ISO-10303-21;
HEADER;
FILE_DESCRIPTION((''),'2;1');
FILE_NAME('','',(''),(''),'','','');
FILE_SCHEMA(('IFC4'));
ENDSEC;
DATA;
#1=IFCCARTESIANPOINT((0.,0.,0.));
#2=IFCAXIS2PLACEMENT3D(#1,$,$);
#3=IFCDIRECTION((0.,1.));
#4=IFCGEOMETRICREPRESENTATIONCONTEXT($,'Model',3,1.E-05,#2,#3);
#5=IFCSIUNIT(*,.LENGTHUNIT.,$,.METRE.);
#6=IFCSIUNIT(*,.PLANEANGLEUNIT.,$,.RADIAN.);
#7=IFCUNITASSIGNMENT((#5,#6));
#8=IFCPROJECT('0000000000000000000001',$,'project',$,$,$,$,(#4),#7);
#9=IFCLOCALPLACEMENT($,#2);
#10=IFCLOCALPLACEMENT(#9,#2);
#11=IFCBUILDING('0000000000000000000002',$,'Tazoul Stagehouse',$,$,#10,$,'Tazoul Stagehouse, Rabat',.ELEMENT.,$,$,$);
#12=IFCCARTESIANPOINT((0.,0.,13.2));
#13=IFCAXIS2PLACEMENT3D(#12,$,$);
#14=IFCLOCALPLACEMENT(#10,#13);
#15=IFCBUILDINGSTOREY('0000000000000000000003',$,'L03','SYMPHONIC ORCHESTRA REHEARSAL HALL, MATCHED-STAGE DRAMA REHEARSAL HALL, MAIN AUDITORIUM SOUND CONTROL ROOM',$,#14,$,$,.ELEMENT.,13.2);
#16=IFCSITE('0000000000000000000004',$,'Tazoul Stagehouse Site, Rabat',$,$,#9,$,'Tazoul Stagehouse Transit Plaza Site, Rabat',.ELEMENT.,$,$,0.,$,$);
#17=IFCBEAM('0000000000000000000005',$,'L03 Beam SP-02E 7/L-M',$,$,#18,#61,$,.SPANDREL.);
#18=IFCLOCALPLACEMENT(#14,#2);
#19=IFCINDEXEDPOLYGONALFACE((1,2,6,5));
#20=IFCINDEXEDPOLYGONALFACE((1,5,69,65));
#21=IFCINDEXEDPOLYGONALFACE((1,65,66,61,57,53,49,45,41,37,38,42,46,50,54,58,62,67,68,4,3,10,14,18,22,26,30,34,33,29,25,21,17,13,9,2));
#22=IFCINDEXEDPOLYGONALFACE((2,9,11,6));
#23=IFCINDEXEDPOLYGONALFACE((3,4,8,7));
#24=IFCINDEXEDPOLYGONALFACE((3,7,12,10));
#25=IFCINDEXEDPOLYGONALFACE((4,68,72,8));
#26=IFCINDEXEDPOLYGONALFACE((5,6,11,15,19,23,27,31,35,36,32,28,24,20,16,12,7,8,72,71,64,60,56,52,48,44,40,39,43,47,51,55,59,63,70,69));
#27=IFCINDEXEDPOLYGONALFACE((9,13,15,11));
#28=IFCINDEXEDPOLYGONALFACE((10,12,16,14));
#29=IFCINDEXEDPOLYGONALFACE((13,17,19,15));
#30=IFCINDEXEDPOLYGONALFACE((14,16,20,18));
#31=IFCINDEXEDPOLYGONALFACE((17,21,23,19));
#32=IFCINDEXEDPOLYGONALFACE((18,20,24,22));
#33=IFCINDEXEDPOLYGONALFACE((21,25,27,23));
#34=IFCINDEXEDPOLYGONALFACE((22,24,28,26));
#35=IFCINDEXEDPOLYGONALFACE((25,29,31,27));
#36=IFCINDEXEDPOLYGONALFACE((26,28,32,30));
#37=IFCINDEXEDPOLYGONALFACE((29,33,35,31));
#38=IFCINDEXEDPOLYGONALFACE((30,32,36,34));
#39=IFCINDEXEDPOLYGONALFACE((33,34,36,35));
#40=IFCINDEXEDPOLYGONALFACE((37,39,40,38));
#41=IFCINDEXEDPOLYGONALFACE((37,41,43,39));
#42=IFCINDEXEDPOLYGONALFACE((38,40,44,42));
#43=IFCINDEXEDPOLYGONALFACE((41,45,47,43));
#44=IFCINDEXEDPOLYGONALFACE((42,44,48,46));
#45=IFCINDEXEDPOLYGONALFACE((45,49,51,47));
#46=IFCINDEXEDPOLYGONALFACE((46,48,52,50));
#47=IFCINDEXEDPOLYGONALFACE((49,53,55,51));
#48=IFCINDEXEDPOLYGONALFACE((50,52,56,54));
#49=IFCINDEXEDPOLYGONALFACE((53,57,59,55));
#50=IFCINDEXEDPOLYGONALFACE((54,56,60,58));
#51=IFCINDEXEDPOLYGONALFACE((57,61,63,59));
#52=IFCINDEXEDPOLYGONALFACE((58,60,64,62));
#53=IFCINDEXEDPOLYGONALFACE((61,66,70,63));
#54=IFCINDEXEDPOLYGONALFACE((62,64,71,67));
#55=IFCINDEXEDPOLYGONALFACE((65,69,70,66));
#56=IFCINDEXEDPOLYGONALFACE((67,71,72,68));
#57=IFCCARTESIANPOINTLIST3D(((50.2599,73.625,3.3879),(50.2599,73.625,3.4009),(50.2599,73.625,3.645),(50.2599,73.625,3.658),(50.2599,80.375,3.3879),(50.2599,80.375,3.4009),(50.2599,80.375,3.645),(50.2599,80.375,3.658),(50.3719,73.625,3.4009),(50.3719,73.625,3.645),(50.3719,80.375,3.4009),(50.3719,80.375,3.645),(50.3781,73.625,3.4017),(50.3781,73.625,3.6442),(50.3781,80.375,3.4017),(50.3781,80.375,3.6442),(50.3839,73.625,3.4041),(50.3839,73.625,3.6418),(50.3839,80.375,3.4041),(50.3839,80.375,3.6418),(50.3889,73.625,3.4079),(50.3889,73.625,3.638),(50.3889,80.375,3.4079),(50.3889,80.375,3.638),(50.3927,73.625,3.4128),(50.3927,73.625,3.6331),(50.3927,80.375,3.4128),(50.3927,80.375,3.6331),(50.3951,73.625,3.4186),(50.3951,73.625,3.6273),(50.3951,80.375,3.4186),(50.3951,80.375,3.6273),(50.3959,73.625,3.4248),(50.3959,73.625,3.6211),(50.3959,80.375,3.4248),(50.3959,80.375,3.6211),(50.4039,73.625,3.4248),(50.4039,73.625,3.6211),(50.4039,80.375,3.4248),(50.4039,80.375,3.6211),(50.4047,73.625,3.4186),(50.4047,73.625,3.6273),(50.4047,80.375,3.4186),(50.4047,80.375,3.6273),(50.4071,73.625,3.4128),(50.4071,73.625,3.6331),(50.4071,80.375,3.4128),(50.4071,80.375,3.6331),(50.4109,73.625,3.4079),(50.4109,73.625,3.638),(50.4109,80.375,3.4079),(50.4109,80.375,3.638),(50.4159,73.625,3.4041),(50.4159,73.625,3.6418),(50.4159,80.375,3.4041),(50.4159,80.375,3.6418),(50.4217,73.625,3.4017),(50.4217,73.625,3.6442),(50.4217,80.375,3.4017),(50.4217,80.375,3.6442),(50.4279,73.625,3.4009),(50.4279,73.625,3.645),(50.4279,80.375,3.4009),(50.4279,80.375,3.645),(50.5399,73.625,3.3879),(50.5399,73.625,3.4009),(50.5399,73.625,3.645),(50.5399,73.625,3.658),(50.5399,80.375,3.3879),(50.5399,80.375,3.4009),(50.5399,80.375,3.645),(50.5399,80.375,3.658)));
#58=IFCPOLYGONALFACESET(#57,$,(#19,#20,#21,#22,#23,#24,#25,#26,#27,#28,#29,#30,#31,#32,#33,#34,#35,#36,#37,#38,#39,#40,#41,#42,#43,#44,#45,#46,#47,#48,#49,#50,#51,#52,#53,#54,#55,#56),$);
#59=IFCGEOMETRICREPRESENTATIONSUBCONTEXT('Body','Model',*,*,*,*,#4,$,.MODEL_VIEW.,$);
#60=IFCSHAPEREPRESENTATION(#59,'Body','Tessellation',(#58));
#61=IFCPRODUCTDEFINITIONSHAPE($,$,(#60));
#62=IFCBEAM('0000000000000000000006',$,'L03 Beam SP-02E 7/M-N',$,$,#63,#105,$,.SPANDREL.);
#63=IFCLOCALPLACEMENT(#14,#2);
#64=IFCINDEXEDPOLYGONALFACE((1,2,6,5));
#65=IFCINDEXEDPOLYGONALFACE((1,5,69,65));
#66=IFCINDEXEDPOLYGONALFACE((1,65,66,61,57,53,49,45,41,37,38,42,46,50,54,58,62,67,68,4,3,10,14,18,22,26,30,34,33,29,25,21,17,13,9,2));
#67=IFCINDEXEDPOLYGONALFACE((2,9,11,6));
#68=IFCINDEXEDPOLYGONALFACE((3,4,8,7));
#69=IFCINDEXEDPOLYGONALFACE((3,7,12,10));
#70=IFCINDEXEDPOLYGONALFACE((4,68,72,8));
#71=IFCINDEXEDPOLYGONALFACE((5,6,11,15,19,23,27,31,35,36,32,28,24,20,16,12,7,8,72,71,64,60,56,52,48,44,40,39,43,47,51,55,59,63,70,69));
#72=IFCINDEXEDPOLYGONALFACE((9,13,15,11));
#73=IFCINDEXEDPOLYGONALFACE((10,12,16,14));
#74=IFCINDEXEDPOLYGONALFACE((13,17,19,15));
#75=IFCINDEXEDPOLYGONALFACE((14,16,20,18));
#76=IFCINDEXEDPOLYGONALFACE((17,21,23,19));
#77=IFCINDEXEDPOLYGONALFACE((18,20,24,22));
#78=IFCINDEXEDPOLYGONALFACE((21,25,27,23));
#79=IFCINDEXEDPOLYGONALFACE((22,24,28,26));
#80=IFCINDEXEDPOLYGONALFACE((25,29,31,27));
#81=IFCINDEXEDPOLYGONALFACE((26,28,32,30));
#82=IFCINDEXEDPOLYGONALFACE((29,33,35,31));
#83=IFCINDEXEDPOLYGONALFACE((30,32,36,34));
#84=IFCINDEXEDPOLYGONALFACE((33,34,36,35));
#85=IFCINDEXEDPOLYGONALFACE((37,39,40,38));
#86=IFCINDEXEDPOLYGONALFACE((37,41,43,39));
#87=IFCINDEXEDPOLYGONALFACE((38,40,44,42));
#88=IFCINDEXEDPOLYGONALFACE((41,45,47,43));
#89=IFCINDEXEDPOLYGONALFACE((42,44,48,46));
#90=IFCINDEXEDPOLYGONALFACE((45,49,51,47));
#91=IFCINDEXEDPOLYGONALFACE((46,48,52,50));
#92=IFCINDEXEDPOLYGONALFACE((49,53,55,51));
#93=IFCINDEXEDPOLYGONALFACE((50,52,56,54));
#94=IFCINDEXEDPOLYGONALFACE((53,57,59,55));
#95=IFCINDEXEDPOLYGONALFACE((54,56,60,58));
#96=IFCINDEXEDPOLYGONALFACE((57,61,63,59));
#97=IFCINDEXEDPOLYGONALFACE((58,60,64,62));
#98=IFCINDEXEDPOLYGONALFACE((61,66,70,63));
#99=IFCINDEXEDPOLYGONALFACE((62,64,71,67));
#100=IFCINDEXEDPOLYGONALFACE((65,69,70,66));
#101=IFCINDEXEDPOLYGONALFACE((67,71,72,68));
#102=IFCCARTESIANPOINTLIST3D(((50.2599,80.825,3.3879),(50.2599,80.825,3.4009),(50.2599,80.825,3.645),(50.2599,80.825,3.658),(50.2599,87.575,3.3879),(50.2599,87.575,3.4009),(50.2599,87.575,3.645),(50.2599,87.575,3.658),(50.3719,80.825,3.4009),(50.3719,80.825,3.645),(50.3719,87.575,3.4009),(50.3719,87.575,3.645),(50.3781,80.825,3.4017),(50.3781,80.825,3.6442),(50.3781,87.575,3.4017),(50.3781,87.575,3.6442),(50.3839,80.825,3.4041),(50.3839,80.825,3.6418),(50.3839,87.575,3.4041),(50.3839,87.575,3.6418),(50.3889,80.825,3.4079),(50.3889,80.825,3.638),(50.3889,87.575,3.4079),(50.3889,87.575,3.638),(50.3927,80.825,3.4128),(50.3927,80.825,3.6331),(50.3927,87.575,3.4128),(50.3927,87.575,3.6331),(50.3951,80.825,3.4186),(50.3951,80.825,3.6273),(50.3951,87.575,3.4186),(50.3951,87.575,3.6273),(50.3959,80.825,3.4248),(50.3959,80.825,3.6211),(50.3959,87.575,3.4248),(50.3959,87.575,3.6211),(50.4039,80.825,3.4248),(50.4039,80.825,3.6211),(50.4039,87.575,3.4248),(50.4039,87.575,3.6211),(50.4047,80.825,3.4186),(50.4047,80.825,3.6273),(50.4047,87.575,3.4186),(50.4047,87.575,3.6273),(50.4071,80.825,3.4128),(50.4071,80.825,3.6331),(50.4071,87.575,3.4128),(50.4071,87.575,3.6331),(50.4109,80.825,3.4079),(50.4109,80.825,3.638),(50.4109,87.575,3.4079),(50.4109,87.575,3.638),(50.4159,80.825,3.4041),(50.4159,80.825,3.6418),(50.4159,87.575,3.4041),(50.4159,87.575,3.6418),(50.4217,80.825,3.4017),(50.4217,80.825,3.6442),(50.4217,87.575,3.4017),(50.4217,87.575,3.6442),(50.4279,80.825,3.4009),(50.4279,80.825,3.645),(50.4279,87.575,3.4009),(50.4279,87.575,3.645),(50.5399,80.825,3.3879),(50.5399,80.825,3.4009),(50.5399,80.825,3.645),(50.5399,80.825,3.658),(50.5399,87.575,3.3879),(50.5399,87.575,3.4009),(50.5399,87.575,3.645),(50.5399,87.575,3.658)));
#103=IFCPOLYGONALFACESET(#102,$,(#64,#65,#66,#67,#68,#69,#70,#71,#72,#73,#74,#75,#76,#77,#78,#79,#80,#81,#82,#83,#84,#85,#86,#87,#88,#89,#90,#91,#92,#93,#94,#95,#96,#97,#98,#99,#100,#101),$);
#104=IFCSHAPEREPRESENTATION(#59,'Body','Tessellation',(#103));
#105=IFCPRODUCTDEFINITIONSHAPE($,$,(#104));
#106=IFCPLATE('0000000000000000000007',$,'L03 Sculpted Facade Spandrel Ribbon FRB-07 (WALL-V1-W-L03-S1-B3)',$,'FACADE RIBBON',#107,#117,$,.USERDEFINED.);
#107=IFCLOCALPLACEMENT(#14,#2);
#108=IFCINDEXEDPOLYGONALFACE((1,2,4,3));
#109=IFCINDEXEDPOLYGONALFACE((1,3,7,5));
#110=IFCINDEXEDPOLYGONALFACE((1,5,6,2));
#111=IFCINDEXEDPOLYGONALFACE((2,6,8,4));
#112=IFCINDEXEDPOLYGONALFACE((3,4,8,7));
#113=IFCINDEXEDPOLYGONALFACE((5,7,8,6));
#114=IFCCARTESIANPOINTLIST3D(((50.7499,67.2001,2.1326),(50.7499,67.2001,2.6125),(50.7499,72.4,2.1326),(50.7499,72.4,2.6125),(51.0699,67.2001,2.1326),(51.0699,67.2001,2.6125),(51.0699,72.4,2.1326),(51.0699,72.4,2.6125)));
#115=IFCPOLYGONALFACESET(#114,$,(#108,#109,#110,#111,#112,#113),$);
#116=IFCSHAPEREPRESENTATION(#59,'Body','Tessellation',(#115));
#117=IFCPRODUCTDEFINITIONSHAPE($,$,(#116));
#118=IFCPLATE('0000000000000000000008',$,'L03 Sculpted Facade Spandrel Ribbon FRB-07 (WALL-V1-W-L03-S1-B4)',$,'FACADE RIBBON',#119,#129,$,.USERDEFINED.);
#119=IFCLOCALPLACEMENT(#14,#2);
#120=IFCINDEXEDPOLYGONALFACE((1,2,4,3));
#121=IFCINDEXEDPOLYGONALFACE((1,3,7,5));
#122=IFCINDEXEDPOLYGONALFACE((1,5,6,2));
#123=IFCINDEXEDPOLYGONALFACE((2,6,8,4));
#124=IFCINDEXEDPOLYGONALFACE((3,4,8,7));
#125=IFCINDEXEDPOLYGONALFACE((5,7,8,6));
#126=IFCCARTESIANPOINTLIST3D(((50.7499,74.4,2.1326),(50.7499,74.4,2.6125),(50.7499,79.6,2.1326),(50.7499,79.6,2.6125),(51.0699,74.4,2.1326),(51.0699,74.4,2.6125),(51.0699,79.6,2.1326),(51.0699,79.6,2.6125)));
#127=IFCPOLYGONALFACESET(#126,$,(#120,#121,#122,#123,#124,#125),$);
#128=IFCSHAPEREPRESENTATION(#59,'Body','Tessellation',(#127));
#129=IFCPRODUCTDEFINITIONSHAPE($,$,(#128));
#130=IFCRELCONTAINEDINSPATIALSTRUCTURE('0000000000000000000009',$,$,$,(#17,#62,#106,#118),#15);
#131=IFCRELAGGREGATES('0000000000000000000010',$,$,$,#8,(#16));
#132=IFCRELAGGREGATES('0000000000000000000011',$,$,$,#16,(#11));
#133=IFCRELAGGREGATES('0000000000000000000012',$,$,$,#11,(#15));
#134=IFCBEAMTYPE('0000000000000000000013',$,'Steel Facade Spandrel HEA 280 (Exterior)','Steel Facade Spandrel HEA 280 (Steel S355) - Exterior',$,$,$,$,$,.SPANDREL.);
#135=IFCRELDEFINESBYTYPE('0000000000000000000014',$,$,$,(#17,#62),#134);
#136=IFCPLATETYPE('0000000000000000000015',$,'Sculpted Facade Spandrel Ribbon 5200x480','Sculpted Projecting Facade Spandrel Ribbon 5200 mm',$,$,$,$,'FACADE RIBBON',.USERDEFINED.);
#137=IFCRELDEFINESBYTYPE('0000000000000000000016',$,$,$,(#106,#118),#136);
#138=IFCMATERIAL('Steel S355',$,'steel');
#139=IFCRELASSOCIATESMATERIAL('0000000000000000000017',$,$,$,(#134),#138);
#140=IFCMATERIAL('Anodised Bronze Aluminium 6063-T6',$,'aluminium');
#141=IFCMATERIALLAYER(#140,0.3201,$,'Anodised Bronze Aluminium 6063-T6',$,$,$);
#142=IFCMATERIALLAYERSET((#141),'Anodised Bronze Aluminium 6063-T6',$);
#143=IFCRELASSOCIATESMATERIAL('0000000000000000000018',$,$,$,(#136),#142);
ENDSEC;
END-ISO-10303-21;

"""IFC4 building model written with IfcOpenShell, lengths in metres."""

from ifc_helpers import new_model, si_unit, direction, frame, origin, origin_2d, place, context, subcontext, project, spatial, rectangle, i_section, extrude, material, layer, layer_set, material_profile, profile_set, type_object, element, save


model = new_model("IFC4")

# Units and contexts
model_context = context("Model", 3, precision=1e-05, world=origin(), true_north=direction((0.0, 1.0)))
body_context = subcontext(model_context, "Body", "Model", "MODEL_VIEW")
ifc_project = project(units=[si_unit("LENGTHUNIT", "METRE"), si_unit("PLANEANGLEUNIT", "RADIAN")], contexts=[model_context])

# Site, building, storey
site_placement = place(None, origin())
site = spatial("IfcSite", under=ifc_project, at=site_placement, Name="Tazoul Stagehouse Site, Rabat", LongName="Tazoul Stagehouse Transit Plaza Site, Rabat", CompositionType="ELEMENT", RefElevation=0.0)
building_placement = place(site_placement, origin())
building = spatial("IfcBuilding", under=site, at=building_placement, Name="Tazoul Stagehouse", LongName="Tazoul Stagehouse, Rabat", CompositionType="ELEMENT")
storey_placement = place(building_placement, frame((0.0, 0.0, 13.2)))
storey = spatial("IfcBuildingStorey", under=building, at=storey_placement, Name="L03", Description="SYMPHONIC ORCHESTRA REHEARSAL HALL, MATCHED-STAGE DRAMA REHEARSAL HALL, MAIN AUDITORIUM SOUND CONTROL ROOM", CompositionType="ELEMENT", Elevation=13.2)

# Beams
ifc_material_1 = material(Name="Steel S355", Category="steel")
ifc_material_profile_1 = material_profile(ifc_material_1, i_section(OverallWidth=0.28, OverallDepth=0.27, WebThickness=0.0081, FlangeThickness=0.0129, FilletRadius=0.0239, at=origin_2d()), Name="HEA 280")
ifc_profile_set_1 = profile_set([ifc_material_profile_1], Name="Steel S355")
beam_type_1 = type_object("IfcBeamType", Name="Steel Facade Spandrel HEA 280 (Exterior)", Description="Steel Facade Spandrel HEA 280 (Steel S355) - Exterior", PredefinedType="SPANDREL", material=ifc_profile_set_1)
for number, where, z_axis, x_axis, name in (
    (1, (50.3999, 73.625, 3.5229), (0.0, 1.0, 0.0), (-1.0, 0.0, 0.0), "L03 Beam SP-02E 7/L-M"),
    (2, (50.3999, 80.825, 3.5229), (0.0, 1.0, 0.0), (-1.0, 0.0, 0.0), "L03 Beam SP-02E 7/M-N"),
):
    element("IfcBeam", number, at=place(storey_placement, frame(where, z_axis=z_axis, x_axis=x_axis)), inside=storey, type_object=beam_type_1, Name=name, PredefinedType="SPANDREL", context=body_context, shape_type="SweptSolid", body=[
        extrude(i_section(OverallWidth=0.28, OverallDepth=0.27, WebThickness=0.0081, FlangeThickness=0.0129, FilletRadius=0.0239, at=origin_2d()), origin(), (0.0, 0.0, 1.0), 6.75),
    ])

# Plates
ifc_material_2 = material(Name="Anodised Bronze Aluminium 6063-T6", Category="aluminium")
ifc_layer = layer(ifc_material_2, 0.3201, Name="Anodised Bronze Aluminium 6063-T6")
ifc_layer_set = layer_set([ifc_layer], Name="Anodised Bronze Aluminium 6063-T6")
plate_type = type_object("IfcPlateType", Name="Sculpted Facade Spandrel Ribbon 5200x480", Description="Sculpted Projecting Facade Spandrel Ribbon 5200 mm", ElementType="FACADE RIBBON", PredefinedType="USERDEFINED", material=ifc_layer_set)
for number, where, z_axis, x_axis, name in (
    (3, (50.9099, 69.8, 2.1326), (0.0, 0.0, 1.0), (0.0, 1.0, 0.0), "L03 Sculpted Facade Spandrel Ribbon FRB-07 (WALL-V1-W-L03-S1-B3)"),
    (4, (50.9099, 77.0, 2.1326), (0.0, 0.0, 1.0), (0.0, 1.0, 0.0), "L03 Sculpted Facade Spandrel Ribbon FRB-07 (WALL-V1-W-L03-S1-B4)"),
):
    element("IfcPlate", number, at=place(storey_placement, frame(where, z_axis=z_axis, x_axis=x_axis)), inside=storey, type_object=plate_type, Name=name, ObjectType="FACADE RIBBON", PredefinedType="USERDEFINED", context=body_context, shape_type="SweptSolid", body=[
        extrude(rectangle(XDim=5.2, YDim=0.3201, at=origin_2d()), origin(), (0.0, 0.0, 1.0), 0.48),
    ])

save(model, "model.ifc")
